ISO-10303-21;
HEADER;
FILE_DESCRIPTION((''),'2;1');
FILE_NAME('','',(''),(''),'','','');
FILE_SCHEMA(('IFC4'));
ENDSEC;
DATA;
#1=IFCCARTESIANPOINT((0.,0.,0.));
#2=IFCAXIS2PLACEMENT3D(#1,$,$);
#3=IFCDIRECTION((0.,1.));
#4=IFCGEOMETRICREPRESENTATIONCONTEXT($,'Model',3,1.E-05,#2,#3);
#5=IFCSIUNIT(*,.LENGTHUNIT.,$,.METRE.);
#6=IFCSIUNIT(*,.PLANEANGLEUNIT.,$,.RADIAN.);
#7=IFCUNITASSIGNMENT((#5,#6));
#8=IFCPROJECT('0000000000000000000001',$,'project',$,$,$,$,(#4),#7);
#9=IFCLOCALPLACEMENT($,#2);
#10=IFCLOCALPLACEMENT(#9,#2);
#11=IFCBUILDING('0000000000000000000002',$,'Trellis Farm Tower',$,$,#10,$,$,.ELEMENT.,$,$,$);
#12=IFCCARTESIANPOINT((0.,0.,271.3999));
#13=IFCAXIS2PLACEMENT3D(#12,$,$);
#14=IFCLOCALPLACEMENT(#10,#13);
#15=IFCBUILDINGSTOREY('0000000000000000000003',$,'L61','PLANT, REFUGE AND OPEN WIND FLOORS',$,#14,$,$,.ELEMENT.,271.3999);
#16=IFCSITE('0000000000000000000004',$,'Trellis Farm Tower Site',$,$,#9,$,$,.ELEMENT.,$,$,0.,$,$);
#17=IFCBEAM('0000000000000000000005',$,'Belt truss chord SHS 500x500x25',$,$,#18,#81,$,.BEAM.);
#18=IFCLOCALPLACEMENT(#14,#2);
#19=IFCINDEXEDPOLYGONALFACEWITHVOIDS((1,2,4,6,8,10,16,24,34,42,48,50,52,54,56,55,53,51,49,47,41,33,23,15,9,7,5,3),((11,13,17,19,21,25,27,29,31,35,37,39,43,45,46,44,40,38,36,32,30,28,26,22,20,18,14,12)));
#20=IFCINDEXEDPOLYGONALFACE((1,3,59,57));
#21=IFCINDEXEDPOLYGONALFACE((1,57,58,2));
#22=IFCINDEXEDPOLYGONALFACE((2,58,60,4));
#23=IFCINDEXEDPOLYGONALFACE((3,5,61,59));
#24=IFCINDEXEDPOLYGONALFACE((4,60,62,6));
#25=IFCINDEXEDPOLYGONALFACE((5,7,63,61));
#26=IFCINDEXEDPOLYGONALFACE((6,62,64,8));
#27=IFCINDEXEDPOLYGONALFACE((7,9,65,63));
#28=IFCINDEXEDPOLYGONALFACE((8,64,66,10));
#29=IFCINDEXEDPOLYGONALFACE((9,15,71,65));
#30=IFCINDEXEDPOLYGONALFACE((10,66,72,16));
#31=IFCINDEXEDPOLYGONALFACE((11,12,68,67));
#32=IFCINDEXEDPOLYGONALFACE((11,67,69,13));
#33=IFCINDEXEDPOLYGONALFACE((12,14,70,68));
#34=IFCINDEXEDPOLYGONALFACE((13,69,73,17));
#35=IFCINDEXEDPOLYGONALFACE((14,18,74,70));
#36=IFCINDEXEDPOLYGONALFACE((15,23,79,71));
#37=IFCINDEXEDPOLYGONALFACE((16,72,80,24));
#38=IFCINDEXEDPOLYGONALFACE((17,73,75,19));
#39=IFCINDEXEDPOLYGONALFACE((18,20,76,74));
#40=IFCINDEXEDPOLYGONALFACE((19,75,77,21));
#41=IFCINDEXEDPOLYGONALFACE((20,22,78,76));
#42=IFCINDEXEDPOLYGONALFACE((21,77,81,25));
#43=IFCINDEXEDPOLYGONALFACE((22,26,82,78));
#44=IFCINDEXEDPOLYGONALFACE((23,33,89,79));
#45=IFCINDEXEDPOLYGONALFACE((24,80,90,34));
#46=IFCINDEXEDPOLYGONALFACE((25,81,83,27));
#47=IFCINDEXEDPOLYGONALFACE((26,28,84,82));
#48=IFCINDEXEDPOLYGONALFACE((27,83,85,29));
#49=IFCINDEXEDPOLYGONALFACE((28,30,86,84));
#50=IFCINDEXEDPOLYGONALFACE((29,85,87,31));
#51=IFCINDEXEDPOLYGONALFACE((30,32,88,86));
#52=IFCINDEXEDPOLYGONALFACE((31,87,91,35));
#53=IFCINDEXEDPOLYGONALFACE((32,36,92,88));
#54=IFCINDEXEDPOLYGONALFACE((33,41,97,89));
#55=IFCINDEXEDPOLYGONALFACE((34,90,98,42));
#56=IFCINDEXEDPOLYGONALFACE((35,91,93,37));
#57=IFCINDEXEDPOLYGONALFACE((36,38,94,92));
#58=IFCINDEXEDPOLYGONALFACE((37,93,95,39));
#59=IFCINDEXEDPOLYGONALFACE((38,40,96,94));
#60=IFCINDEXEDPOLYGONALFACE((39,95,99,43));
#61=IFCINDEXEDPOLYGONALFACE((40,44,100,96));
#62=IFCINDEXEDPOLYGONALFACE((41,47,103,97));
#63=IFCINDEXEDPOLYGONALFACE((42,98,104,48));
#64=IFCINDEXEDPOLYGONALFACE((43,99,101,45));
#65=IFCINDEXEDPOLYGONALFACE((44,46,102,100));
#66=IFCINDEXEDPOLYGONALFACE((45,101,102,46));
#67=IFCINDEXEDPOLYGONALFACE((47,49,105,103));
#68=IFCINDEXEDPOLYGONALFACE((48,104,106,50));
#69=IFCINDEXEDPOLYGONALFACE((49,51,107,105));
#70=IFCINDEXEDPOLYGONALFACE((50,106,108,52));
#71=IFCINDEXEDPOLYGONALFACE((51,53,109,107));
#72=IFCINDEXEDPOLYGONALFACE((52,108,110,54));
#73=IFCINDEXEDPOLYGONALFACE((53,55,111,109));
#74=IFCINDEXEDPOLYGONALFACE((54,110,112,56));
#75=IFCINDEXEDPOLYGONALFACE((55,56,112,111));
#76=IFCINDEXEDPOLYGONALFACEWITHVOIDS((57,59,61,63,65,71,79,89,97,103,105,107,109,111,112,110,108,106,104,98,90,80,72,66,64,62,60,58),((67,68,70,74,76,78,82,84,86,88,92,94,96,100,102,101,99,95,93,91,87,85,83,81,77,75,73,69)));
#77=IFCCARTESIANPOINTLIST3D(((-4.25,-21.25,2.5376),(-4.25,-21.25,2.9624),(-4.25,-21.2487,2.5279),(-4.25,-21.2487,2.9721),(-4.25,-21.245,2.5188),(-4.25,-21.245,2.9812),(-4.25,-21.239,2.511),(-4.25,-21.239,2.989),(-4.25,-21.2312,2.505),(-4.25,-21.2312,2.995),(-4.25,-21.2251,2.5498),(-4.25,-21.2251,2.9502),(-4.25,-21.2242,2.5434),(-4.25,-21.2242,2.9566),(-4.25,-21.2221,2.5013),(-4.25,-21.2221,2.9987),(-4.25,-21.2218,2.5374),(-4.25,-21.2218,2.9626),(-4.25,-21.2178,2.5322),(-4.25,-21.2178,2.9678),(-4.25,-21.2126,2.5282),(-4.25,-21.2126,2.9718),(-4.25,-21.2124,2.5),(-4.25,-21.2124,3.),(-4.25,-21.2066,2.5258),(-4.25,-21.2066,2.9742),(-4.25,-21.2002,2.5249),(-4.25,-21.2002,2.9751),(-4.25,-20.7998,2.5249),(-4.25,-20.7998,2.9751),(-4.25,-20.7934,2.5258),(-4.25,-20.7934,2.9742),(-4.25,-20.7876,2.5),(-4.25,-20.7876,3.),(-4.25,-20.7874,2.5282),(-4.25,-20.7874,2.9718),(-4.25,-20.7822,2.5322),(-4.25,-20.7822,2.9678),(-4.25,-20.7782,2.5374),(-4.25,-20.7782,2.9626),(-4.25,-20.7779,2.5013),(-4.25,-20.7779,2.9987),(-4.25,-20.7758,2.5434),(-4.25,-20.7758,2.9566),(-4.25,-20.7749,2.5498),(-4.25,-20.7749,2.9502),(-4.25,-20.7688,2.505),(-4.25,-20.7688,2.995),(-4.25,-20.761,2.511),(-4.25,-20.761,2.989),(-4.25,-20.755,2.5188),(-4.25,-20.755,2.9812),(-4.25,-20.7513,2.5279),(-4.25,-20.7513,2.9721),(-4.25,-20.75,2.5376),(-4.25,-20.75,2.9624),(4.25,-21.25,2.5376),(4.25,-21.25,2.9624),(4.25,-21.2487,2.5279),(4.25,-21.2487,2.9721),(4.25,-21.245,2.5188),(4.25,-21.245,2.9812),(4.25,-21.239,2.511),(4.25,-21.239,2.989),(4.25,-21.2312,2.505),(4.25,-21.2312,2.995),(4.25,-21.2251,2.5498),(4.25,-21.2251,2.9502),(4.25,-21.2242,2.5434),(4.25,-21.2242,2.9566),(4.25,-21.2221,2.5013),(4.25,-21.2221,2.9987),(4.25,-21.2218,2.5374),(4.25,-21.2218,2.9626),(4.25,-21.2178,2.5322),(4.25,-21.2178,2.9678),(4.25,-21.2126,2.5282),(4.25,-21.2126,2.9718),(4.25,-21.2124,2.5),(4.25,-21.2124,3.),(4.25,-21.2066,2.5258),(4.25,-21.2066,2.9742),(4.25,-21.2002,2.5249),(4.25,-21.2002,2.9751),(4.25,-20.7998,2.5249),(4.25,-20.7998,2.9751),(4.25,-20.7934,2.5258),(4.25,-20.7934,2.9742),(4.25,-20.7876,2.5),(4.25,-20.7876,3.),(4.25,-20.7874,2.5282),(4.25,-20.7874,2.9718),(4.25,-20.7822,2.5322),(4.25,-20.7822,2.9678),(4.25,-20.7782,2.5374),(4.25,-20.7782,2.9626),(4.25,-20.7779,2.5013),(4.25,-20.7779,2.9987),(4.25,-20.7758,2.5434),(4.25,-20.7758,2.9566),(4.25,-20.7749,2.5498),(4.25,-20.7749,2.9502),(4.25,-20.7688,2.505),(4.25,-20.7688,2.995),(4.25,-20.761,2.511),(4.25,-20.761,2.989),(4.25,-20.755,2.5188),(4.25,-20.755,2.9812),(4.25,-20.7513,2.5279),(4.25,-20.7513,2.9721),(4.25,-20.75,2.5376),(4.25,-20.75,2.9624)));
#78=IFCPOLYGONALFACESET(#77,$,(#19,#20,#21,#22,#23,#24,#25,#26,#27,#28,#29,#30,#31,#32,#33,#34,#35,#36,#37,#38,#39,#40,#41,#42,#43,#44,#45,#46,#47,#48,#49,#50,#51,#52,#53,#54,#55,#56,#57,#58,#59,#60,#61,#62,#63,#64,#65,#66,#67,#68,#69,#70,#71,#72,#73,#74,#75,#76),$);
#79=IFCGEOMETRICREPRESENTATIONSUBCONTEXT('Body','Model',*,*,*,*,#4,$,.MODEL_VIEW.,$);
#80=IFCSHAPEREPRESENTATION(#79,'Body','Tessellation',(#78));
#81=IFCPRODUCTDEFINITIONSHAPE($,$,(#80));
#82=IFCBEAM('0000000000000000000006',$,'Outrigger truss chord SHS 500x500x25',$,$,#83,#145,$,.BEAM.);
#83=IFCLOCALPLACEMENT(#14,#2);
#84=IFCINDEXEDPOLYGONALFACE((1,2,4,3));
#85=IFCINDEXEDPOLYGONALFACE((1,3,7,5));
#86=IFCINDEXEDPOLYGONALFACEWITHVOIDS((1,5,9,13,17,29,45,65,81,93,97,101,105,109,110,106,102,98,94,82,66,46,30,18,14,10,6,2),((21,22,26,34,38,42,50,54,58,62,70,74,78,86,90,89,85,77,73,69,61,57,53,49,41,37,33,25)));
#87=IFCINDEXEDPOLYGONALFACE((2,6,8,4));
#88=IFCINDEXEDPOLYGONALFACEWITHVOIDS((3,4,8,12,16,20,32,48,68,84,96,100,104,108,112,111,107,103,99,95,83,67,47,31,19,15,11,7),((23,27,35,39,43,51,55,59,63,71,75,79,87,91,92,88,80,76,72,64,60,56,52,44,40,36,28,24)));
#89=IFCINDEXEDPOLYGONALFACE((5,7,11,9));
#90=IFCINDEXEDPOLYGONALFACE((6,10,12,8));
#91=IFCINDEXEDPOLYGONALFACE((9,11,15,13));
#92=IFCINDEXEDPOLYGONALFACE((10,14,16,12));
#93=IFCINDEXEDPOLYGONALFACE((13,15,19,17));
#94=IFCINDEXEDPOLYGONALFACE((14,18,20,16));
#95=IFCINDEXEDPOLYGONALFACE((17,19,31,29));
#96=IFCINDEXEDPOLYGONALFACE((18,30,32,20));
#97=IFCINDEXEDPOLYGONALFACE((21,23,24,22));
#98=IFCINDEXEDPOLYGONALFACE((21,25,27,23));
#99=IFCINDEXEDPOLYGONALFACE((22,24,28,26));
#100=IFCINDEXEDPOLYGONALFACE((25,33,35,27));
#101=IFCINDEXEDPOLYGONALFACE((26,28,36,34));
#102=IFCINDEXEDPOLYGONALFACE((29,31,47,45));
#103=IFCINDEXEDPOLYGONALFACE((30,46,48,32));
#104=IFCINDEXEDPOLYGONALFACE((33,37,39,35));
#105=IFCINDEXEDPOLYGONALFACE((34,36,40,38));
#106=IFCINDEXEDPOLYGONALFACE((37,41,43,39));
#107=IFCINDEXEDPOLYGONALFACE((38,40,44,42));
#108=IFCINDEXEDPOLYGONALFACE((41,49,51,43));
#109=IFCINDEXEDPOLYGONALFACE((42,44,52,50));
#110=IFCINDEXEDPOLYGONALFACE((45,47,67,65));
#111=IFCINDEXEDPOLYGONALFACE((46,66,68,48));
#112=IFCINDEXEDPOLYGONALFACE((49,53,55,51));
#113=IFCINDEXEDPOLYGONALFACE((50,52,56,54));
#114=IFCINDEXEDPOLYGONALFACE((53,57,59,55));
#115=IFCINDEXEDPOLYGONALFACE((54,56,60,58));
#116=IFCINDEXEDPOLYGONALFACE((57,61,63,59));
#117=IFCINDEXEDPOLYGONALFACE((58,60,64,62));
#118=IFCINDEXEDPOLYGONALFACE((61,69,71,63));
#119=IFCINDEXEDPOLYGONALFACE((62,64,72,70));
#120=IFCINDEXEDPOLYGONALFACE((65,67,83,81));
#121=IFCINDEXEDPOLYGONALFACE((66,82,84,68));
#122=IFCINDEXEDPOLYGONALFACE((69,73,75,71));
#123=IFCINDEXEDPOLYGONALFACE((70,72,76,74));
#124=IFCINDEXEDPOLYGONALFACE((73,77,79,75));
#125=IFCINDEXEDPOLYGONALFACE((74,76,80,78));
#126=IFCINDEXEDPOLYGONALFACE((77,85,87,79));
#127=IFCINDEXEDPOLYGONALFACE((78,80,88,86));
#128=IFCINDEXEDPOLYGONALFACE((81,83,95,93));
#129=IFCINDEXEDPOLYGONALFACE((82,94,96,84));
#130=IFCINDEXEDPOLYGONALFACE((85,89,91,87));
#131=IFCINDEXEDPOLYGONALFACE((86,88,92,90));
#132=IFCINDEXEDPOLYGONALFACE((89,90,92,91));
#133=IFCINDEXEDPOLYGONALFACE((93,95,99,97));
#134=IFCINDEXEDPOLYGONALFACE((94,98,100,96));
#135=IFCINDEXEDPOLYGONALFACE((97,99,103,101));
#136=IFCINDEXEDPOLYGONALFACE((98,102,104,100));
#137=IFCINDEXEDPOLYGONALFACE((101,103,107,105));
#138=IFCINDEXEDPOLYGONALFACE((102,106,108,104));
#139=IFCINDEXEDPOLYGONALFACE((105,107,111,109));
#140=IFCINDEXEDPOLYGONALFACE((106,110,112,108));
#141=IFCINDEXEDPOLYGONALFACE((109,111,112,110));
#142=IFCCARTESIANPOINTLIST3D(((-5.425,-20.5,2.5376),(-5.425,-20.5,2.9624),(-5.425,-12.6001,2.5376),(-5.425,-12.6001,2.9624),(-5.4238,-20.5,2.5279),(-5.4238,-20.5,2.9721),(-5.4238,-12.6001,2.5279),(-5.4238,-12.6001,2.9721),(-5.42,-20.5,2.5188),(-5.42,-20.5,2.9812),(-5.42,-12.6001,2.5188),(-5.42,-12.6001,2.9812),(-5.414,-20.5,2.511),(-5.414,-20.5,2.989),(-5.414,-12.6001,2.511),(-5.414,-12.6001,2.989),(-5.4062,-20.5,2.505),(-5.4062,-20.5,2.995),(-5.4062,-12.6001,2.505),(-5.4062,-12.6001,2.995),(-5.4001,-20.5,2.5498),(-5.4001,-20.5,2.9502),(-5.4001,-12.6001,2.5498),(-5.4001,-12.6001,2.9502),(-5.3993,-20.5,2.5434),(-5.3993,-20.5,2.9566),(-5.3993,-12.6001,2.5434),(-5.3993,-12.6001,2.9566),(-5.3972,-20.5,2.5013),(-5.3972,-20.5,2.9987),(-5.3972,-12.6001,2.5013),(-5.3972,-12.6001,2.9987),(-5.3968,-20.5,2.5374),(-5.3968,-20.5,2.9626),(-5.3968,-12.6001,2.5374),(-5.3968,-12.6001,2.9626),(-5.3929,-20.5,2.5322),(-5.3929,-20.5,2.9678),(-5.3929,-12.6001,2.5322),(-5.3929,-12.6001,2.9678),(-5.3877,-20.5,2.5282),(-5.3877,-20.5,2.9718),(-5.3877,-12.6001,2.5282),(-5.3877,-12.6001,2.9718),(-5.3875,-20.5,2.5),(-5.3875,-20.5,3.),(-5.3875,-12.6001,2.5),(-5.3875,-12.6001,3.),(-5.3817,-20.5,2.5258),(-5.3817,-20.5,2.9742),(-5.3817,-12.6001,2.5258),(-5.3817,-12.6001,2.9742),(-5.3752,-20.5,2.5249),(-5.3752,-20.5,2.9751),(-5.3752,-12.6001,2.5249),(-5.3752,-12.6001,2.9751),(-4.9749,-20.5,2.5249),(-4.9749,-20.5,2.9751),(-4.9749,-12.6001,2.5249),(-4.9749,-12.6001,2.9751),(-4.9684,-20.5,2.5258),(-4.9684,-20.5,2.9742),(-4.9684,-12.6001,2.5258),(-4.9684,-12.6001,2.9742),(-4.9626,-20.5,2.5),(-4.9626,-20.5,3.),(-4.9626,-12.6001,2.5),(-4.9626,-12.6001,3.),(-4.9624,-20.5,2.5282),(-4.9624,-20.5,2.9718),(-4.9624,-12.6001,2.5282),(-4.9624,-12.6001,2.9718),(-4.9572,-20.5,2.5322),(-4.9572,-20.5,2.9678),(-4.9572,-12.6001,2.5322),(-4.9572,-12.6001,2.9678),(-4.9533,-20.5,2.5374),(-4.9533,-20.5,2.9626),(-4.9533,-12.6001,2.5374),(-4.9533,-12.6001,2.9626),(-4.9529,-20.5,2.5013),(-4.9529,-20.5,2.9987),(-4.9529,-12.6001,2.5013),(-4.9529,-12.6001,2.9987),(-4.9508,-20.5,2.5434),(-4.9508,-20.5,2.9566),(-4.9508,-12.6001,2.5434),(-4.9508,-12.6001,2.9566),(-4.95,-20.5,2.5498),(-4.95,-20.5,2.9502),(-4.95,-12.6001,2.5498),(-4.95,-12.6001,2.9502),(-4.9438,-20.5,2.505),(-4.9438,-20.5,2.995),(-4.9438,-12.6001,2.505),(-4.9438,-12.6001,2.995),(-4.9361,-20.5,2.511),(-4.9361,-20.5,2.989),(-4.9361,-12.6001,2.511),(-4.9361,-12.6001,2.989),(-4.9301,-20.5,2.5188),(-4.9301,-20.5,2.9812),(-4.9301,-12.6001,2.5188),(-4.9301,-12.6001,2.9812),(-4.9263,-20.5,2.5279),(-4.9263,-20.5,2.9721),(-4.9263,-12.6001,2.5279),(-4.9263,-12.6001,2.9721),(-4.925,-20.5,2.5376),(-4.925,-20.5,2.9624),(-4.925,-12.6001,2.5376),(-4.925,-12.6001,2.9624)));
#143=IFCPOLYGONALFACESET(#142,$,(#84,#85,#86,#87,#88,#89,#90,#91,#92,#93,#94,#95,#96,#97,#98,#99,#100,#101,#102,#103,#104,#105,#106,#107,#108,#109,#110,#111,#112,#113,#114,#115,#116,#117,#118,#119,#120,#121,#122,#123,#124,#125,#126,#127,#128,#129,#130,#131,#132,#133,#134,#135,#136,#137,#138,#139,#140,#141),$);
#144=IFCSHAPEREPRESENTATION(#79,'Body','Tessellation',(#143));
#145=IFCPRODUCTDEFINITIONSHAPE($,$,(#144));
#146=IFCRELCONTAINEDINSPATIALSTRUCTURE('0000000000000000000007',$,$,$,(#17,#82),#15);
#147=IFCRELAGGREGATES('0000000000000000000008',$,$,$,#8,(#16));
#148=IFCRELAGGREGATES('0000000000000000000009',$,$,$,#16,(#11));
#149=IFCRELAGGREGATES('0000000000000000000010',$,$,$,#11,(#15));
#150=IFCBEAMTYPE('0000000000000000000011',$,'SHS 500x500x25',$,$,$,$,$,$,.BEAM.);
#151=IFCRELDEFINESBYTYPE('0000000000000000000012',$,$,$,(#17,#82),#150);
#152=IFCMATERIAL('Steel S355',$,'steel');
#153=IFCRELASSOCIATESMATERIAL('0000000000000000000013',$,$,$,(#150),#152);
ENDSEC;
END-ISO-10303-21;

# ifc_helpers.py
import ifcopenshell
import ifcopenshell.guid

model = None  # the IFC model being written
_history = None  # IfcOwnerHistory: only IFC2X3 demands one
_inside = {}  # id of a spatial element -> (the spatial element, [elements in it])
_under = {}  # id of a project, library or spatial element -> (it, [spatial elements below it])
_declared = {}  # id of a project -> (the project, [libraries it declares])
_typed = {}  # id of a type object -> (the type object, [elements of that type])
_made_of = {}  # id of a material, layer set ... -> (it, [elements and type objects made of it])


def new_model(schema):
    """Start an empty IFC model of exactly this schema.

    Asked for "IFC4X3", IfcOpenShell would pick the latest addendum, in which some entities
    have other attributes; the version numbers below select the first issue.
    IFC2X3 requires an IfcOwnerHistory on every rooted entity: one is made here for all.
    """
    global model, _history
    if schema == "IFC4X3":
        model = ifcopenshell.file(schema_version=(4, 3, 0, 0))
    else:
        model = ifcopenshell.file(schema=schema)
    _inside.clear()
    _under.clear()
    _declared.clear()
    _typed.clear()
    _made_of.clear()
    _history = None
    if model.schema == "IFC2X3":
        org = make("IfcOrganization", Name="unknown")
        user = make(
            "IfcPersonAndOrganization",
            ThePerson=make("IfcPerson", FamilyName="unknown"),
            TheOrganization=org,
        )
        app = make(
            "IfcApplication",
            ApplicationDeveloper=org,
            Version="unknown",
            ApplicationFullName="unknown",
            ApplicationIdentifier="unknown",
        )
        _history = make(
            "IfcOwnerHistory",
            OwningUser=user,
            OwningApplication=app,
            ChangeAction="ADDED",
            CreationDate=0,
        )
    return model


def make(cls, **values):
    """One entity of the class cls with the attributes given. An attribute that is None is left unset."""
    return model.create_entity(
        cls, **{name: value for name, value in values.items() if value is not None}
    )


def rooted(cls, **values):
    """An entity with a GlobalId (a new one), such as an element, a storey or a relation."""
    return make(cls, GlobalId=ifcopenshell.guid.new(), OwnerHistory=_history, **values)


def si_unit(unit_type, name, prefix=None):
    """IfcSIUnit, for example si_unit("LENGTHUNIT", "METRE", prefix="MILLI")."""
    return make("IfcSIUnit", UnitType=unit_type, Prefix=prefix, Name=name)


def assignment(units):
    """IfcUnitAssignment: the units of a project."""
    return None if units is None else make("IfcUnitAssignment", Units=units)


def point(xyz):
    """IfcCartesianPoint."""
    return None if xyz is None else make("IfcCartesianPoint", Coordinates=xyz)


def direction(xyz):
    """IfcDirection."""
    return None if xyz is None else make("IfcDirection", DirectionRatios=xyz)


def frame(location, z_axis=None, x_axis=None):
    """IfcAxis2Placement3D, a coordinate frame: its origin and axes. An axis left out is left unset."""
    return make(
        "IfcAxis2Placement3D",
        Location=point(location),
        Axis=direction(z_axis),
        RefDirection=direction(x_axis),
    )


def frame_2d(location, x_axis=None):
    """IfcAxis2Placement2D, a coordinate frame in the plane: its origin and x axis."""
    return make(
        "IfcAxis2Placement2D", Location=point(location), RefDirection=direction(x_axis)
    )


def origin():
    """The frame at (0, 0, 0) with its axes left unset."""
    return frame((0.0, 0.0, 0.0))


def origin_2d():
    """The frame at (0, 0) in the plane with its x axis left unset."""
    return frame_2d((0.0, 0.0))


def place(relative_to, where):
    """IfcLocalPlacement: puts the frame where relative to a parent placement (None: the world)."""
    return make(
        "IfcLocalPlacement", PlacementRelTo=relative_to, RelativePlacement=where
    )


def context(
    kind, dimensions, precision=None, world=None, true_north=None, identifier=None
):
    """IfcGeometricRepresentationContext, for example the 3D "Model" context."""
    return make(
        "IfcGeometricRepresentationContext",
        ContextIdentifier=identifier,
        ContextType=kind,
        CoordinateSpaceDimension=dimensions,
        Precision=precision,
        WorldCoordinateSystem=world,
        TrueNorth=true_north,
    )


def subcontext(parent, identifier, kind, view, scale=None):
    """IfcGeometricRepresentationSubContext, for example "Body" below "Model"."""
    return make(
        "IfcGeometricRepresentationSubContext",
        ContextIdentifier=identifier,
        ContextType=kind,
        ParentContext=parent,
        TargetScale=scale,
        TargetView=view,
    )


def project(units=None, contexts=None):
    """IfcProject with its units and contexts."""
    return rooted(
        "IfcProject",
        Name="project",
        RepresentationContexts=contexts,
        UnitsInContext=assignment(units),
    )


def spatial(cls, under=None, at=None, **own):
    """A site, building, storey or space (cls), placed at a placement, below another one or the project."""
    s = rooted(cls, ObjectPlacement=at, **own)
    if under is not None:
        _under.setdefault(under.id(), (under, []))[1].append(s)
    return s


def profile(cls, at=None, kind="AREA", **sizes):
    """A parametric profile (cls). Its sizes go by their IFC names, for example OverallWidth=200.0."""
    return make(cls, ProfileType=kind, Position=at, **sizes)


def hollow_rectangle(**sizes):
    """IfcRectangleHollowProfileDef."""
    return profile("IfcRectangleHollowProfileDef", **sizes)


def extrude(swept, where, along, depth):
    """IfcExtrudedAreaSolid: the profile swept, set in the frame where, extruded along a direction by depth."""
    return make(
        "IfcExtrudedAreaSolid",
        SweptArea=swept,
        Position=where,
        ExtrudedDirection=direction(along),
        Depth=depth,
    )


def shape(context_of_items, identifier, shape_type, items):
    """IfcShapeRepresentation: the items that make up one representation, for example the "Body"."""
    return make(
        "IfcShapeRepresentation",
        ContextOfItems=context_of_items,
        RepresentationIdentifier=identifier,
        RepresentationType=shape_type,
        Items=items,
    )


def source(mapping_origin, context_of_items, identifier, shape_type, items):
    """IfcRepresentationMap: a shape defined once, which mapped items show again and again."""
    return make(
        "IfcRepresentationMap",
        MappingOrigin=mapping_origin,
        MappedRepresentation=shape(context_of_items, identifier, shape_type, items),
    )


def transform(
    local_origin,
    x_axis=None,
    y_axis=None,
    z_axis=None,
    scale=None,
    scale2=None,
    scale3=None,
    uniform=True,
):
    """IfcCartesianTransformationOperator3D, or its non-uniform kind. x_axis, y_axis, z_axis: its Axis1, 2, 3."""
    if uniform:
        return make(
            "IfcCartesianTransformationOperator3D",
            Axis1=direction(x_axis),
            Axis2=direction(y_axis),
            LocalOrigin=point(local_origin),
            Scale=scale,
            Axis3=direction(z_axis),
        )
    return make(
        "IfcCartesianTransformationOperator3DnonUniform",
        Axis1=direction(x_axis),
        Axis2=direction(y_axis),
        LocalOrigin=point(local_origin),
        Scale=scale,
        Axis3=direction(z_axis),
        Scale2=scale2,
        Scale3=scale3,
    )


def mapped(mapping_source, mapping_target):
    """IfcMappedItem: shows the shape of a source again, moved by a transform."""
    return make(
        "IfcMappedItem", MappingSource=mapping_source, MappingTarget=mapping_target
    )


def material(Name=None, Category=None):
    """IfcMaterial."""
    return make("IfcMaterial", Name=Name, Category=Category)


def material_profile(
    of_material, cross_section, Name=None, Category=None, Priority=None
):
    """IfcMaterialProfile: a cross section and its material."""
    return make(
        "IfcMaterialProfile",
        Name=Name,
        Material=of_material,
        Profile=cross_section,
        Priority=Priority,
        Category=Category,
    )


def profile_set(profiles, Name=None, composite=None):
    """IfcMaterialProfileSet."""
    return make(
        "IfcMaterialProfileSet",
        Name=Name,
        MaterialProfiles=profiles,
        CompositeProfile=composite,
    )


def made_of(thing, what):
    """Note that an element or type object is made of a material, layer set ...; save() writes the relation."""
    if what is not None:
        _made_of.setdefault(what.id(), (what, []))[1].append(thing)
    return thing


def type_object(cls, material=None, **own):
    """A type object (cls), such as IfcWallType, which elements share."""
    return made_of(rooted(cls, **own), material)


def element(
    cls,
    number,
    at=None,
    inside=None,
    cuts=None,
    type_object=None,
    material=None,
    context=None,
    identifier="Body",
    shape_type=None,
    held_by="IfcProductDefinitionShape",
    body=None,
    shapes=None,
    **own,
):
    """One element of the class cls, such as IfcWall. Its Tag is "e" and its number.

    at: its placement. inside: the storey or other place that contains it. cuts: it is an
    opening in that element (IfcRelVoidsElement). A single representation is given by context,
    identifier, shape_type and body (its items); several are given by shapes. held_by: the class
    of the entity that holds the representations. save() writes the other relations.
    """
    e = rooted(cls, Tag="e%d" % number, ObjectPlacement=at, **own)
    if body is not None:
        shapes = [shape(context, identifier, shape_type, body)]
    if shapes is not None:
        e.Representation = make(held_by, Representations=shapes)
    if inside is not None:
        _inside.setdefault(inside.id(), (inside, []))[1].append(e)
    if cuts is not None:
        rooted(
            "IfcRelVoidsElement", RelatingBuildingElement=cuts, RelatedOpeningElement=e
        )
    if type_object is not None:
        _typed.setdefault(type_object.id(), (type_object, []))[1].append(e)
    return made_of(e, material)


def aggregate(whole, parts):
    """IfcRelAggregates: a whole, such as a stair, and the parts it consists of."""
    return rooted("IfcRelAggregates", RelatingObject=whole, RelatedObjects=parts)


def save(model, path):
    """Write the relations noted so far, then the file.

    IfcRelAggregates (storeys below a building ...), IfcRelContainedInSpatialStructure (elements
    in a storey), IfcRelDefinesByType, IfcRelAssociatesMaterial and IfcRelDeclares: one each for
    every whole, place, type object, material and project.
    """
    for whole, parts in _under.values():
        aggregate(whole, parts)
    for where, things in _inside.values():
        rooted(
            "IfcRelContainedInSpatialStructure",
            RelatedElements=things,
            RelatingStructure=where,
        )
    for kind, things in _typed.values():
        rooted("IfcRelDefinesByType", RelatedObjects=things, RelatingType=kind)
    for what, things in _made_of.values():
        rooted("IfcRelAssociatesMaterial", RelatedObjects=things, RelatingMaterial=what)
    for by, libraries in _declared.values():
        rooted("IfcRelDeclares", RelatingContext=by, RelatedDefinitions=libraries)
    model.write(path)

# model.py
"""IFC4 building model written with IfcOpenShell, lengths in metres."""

from ifc_helpers import new_model, si_unit, direction, frame, origin, origin_2d, place, context, subcontext, project, spatial, hollow_rectangle, extrude, source, transform, mapped, material, material_profile, profile_set, type_object, element, save


model = new_model("IFC4")

# Units and contexts
model_context = context("Model", 3, precision=1e-05, world=origin(), true_north=direction((0.0, 1.0)))
body_context = subcontext(model_context, "Body", "Model", "MODEL_VIEW")
ifc_project = project(units=[si_unit("LENGTHUNIT", "METRE"), si_unit("PLANEANGLEUNIT", "RADIAN")], contexts=[model_context])

# Site, building, storey
site_placement = place(None, origin())
site = spatial("IfcSite", under=ifc_project, at=site_placement, Name="Trellis Farm Tower Site", CompositionType="ELEMENT", RefElevation=0.0)
building_placement = place(site_placement, origin())
building = spatial("IfcBuilding", under=site, at=building_placement, Name="Trellis Farm Tower", CompositionType="ELEMENT")
storey_placement = place(building_placement, frame((0.0, 0.0, 271.3999)))
storey = spatial("IfcBuildingStorey", under=building, at=storey_placement, Name="L61", Description="PLANT, REFUGE AND OPEN WIND FLOORS", CompositionType="ELEMENT", Elevation=271.3999)

# Beams
ifc_material_1 = material(Name="Steel S355", Category="steel")
ifc_material_profile_1 = material_profile(ifc_material_1, hollow_rectangle(XDim=0.5, YDim=0.5, WallThickness=0.0249, InnerFilletRadius=0.0249, OuterFilletRadius=0.0376, at=origin_2d()), Name="SHS 500x500x25")
ifc_profile_set_1 = profile_set([ifc_material_profile_1], Name="Steel S355")
beam_type_1 = type_object("IfcBeamType", Name="SHS 500x500x25", PredefinedType="BEAM", material=ifc_profile_set_1)
shared_shape_1 = source(origin(), body_context, "Body", "SweptSolid", [
    extrude(hollow_rectangle(XDim=0.5, YDim=0.5, WallThickness=0.0249, InnerFilletRadius=0.0249, OuterFilletRadius=0.0376, at=origin_2d()), origin(), (0.0, 0.0, 1.0), 8.5),
])
beam_1_placement = place(storey_placement, frame((-4.25, -21.0, 2.75), z_axis=(1.0, 0.0, 0.0), x_axis=(0.0, 1.0, 0.0)))
element("IfcBeam", 1, at=beam_1_placement, inside=storey, type_object=beam_type_1, Name="Belt truss chord SHS 500x500x25", PredefinedType="BEAM", context=body_context, shape_type="MappedRepresentation", body=[
    mapped(shared_shape_1, transform((0.0, 0.0, 0.0))),
])
shared_shape_2 = source(origin(), body_context, "Body", "SweptSolid", [
    extrude(hollow_rectangle(XDim=0.5, YDim=0.5, WallThickness=0.0249, InnerFilletRadius=0.0249, OuterFilletRadius=0.0376, at=origin_2d()), origin(), (0.0, 0.0, 1.0), 7.8999),
])
beam_2_placement = place(storey_placement, frame((-5.175, -20.5, 2.75), z_axis=(0.0, 1.0, 0.0), x_axis=(-1.0, 0.0, 0.0)))
element("IfcBeam", 2, at=beam_2_placement, inside=storey, type_object=beam_type_1, Name="Outrigger truss chord SHS 500x500x25", PredefinedType="BEAM", context=body_context, shape_type="MappedRepresentation", body=[
    mapped(shared_shape_2, transform((0.0, 0.0, 0.0))),
])

save(model, "model.ifc")
